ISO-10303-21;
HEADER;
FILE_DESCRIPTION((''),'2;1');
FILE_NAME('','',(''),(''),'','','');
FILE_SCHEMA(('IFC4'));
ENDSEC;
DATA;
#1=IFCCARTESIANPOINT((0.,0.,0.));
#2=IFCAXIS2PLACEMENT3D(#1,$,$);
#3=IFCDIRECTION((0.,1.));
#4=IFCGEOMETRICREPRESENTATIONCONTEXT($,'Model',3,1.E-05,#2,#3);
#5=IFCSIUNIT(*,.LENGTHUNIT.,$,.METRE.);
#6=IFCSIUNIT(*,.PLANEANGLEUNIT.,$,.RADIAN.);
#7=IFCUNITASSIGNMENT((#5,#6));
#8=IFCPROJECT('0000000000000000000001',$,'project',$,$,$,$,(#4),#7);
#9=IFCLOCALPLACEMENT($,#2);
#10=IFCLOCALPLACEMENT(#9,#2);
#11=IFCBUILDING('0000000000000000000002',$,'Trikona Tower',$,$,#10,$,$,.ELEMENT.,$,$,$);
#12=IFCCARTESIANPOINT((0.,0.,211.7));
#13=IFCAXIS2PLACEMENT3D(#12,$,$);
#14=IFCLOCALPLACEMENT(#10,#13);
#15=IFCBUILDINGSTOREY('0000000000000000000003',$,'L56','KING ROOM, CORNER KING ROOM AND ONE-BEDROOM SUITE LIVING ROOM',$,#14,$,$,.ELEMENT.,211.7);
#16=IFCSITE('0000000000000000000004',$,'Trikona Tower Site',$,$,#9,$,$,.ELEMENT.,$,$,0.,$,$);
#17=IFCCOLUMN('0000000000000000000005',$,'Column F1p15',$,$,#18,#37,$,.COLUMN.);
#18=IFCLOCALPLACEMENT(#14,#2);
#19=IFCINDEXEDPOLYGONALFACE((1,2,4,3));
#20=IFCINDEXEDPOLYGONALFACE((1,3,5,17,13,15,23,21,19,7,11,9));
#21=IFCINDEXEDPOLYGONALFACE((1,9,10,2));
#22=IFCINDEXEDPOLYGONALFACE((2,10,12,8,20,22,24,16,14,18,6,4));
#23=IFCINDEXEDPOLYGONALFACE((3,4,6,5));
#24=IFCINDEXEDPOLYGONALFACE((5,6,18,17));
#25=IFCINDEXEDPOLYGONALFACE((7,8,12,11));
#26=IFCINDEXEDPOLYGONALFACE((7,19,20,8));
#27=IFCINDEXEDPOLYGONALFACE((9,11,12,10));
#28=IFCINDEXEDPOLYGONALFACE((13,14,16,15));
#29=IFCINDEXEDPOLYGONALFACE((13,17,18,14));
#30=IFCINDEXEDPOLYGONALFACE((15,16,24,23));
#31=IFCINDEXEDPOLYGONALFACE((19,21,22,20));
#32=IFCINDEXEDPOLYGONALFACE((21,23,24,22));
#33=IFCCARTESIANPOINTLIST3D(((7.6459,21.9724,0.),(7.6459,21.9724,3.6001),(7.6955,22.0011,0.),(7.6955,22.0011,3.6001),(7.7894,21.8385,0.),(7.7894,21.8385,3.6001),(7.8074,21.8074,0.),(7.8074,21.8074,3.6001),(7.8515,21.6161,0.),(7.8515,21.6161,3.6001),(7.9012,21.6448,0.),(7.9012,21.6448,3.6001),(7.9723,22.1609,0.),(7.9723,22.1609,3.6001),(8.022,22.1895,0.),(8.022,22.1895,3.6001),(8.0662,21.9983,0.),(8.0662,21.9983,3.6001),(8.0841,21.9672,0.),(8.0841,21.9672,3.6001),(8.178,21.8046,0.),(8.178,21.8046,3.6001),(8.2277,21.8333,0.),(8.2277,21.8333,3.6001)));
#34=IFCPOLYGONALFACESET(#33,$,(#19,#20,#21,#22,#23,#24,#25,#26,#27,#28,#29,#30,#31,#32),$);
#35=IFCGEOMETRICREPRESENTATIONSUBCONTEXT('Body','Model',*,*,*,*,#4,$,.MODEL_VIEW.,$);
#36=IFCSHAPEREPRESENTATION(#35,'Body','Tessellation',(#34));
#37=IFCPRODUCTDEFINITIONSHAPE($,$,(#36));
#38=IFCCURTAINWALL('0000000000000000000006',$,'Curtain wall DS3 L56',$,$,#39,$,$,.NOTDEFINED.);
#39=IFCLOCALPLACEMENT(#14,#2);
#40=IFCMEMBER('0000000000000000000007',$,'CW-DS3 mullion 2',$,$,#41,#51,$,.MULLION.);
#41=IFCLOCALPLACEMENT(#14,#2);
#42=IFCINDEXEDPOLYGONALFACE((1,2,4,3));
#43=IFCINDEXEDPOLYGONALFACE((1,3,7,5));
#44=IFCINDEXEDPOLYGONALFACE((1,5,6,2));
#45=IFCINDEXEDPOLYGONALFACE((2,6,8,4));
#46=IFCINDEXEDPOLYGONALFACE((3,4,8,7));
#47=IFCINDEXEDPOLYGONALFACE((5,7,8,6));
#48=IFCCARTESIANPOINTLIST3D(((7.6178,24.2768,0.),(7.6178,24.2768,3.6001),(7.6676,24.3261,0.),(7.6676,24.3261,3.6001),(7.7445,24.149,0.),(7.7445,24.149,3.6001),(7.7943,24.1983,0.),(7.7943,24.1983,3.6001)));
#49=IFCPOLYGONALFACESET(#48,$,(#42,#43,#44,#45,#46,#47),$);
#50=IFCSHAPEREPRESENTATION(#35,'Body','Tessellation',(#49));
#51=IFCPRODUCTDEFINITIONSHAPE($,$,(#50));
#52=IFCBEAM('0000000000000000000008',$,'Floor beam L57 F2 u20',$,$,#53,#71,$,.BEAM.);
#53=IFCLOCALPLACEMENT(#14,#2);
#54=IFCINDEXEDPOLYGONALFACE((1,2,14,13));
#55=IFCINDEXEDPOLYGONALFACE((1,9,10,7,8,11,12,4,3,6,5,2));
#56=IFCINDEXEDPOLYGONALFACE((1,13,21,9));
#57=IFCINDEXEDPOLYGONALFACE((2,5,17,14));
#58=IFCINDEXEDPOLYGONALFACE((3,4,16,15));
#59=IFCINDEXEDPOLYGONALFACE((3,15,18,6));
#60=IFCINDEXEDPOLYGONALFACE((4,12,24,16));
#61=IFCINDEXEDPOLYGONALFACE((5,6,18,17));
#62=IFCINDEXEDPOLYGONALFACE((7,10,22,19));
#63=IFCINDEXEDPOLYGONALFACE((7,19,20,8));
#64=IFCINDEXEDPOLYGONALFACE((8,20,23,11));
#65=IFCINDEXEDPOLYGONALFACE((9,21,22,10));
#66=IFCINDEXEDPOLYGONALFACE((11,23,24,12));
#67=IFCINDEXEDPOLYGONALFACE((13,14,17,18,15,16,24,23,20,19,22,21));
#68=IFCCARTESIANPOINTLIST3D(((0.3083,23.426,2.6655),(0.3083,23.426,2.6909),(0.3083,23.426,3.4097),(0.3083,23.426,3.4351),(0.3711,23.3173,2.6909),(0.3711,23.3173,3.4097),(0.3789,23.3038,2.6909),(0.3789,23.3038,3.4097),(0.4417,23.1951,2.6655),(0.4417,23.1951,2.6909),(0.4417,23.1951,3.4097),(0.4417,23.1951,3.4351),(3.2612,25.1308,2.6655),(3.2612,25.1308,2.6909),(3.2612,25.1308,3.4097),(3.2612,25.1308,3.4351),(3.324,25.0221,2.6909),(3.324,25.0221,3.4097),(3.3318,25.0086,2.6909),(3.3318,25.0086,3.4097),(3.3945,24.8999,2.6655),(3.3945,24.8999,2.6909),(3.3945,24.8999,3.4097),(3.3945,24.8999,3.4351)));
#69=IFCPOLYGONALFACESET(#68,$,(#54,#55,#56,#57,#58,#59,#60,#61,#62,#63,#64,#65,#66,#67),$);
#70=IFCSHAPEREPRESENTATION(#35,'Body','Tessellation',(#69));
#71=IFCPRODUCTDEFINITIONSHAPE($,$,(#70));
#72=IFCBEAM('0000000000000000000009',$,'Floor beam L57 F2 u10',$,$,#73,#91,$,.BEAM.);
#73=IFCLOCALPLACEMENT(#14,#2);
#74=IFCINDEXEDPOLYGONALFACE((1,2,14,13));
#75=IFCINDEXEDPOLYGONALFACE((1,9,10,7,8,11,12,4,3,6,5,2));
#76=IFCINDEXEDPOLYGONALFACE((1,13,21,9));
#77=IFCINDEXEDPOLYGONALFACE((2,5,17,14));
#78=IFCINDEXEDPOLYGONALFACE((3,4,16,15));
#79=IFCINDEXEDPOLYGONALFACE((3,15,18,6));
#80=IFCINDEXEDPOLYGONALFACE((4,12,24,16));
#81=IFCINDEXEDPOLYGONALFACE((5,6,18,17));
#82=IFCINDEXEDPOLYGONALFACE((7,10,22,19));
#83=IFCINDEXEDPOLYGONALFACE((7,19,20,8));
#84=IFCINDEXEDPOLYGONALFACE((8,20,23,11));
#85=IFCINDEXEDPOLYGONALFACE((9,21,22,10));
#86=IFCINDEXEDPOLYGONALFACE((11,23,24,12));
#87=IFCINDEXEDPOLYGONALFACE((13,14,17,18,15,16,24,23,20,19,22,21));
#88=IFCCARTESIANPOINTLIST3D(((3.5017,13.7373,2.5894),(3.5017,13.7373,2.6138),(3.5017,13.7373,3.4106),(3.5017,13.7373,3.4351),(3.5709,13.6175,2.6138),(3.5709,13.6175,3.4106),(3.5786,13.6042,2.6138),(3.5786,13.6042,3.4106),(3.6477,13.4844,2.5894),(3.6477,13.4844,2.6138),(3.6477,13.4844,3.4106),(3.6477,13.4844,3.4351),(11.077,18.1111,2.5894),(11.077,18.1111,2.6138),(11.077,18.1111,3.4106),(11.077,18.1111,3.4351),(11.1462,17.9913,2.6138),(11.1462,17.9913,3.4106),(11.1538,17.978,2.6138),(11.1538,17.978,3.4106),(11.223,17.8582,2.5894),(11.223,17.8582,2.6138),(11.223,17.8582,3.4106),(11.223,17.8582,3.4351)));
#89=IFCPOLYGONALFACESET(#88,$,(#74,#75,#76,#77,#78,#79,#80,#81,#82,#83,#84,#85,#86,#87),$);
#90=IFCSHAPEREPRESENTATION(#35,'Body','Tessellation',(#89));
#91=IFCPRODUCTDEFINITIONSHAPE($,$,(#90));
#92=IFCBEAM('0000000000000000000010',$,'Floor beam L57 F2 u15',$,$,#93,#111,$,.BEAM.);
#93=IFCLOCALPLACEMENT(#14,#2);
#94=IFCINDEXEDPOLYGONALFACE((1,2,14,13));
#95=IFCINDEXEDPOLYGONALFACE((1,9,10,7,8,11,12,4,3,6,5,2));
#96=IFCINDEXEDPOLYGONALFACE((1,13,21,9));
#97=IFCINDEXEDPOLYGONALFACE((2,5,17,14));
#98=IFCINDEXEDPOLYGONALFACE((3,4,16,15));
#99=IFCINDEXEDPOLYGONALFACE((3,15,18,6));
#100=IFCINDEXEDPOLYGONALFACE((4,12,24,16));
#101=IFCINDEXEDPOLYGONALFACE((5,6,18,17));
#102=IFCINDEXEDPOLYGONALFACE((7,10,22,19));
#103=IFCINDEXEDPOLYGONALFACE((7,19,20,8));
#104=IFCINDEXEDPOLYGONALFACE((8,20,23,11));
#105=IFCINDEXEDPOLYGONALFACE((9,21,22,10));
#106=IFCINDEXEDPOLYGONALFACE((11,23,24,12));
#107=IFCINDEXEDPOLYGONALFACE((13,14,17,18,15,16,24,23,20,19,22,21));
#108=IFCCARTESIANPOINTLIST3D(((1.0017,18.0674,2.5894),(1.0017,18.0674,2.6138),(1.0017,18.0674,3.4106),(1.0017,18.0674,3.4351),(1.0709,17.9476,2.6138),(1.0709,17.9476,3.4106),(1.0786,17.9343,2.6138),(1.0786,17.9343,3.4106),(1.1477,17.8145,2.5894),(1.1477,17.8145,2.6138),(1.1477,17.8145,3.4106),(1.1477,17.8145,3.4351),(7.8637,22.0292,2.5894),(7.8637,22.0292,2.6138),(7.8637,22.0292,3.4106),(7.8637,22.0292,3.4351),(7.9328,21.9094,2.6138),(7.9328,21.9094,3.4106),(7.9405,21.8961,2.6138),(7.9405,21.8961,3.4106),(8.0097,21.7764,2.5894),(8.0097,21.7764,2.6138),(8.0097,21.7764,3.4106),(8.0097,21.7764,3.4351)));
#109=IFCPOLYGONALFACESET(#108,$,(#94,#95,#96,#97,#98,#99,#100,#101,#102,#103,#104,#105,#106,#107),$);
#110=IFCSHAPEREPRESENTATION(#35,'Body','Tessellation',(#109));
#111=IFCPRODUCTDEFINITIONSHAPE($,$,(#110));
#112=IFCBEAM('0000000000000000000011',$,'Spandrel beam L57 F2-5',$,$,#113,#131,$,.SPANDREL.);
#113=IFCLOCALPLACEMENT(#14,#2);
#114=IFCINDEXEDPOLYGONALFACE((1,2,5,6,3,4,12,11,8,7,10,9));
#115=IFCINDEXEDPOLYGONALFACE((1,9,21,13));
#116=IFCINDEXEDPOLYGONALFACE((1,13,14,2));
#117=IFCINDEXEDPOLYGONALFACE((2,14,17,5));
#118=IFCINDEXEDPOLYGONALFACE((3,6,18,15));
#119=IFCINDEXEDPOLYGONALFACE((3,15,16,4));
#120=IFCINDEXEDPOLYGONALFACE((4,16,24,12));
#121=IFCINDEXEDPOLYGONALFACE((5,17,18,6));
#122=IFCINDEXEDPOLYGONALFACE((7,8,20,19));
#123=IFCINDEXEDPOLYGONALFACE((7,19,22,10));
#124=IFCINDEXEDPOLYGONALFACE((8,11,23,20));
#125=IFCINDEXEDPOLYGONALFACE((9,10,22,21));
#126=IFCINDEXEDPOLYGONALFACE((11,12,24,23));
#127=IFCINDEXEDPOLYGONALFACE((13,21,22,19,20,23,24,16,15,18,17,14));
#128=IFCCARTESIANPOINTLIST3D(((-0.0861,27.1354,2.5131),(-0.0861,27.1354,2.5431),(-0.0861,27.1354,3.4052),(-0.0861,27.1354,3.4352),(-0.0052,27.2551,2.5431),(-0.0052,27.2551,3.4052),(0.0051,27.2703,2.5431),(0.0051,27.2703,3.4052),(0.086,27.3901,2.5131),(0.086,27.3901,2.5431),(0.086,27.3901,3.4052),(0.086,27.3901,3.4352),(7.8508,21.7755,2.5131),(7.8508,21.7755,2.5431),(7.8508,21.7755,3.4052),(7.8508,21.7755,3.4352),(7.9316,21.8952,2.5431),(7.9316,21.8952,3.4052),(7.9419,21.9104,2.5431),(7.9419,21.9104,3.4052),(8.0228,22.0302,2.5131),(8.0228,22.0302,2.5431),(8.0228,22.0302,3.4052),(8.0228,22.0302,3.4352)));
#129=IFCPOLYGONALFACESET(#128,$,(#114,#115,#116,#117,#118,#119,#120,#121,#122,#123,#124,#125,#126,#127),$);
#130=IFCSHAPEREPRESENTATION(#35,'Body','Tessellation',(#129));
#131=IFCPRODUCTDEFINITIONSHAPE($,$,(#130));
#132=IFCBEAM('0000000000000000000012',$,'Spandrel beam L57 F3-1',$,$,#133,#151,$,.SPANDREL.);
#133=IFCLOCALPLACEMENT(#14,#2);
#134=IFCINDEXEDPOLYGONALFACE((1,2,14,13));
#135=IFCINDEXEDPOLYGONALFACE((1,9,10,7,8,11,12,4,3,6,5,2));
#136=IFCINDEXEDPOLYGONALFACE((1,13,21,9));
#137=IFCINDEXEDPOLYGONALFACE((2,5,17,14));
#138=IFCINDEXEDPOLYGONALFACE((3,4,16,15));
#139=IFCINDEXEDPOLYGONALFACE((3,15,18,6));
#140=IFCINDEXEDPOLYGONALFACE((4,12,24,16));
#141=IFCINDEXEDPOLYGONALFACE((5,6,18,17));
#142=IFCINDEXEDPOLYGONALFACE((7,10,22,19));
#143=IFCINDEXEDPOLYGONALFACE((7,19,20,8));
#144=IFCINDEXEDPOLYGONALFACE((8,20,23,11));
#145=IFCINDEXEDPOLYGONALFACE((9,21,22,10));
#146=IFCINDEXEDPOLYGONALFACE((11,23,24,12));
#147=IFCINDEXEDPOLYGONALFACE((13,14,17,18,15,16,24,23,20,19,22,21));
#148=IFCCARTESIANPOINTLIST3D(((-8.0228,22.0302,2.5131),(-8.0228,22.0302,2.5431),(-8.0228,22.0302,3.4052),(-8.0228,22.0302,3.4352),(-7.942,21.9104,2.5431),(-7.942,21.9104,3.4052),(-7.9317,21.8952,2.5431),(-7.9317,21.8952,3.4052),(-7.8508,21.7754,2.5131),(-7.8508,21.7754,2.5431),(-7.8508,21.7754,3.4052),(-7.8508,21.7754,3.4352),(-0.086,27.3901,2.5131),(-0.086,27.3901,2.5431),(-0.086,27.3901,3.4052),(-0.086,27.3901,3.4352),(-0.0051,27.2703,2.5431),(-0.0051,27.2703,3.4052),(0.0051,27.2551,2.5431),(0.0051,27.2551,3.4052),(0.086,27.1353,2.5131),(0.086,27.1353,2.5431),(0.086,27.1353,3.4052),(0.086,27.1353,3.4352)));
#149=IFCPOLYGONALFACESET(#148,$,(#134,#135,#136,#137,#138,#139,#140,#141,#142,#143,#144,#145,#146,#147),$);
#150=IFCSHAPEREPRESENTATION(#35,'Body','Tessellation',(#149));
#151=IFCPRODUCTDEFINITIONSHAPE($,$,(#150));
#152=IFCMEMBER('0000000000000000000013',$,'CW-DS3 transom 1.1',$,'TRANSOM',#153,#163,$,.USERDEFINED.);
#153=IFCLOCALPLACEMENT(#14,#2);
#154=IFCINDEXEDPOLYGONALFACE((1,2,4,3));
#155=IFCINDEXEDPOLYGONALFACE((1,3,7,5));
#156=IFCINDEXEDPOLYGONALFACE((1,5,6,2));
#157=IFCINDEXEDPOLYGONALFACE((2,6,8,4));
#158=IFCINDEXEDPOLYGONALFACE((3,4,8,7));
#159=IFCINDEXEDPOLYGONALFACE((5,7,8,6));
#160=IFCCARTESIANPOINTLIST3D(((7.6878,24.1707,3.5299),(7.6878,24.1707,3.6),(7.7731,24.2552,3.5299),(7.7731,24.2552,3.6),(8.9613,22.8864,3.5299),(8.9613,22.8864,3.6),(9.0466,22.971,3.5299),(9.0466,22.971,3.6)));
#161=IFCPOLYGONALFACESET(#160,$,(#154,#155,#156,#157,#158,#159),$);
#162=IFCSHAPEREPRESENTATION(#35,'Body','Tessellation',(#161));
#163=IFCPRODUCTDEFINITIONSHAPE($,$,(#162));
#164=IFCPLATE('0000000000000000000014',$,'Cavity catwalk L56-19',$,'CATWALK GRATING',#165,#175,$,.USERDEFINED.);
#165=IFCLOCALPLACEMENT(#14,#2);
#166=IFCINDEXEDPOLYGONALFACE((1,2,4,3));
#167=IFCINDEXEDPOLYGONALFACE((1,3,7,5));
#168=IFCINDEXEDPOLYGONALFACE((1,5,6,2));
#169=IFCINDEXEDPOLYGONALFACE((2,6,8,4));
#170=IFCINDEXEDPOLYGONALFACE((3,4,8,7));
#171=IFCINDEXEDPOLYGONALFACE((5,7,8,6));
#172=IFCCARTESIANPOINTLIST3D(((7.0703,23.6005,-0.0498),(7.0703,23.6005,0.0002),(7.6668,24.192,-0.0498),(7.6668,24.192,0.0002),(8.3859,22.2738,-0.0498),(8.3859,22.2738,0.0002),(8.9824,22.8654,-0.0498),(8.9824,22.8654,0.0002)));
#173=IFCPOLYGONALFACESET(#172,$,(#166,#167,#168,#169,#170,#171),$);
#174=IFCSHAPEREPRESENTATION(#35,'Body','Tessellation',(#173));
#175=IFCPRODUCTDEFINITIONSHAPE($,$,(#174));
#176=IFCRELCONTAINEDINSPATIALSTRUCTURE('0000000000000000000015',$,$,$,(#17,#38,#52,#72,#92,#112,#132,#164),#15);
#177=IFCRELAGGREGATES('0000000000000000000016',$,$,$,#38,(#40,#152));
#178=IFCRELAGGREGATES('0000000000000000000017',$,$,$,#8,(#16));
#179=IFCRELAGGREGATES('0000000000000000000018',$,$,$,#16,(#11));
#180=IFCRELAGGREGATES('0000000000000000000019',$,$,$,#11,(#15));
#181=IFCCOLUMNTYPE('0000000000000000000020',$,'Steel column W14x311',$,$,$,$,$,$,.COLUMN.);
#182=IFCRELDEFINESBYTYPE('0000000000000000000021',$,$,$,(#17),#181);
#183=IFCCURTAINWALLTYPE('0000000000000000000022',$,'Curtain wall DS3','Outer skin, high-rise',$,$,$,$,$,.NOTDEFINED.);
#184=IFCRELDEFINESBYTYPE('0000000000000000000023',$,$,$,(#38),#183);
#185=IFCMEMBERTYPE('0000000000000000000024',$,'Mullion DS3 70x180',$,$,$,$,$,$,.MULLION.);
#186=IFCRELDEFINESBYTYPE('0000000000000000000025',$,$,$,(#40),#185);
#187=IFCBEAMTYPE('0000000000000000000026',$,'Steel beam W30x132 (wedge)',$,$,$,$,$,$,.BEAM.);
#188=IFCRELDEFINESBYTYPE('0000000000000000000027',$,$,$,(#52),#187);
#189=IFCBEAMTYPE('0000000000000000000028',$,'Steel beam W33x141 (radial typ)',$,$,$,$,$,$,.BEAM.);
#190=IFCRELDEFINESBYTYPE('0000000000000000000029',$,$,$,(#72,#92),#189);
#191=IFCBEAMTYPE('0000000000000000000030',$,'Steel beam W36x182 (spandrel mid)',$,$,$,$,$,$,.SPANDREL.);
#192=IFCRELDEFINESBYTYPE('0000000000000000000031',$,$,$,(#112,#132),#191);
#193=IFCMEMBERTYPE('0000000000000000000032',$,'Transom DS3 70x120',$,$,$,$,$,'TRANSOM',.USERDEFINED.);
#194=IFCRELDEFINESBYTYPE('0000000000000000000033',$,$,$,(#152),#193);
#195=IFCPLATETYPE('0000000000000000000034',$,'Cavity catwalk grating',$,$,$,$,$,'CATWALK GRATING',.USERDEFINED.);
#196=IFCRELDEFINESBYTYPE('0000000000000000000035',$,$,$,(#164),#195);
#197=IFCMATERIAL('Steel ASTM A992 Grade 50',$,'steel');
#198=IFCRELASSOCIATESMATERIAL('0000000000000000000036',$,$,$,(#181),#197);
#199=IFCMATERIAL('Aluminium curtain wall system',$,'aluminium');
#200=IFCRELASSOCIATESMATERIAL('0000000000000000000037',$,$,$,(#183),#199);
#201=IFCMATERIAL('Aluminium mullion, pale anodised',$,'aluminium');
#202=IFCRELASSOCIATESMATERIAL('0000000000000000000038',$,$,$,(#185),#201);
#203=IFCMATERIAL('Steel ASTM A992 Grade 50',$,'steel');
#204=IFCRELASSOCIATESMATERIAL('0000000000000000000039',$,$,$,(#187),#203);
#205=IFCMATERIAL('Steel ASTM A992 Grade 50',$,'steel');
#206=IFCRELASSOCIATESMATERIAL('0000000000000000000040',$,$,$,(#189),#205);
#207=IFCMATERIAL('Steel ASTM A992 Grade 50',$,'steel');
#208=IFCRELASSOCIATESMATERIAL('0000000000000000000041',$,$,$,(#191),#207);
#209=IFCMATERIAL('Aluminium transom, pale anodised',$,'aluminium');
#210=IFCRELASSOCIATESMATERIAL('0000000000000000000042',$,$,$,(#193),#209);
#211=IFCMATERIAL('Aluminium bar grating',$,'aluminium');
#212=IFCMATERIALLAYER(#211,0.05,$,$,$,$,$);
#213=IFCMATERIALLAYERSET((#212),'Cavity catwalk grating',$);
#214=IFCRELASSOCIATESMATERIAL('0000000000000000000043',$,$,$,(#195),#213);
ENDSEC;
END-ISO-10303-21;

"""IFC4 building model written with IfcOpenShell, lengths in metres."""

from ifc_helpers import new_model, si_unit, direction, frame, origin, origin_2d, place, context, subcontext, project, spatial, rectangle, i_section, extrude, material, layer, layer_set, material_profile, profile_set, type_object, element, aggregate, save


model = new_model("IFC4")

# Units and contexts
model_context = context("Model", 3, precision=1e-05, world=origin(), true_north=direction((0.0, 1.0)))
body_context = subcontext(model_context, "Body", "Model", "MODEL_VIEW")
ifc_project = project(units=[si_unit("LENGTHUNIT", "METRE"), si_unit("PLANEANGLEUNIT", "RADIAN")], contexts=[model_context])

# Site, building, storey
site_placement = place(None, origin())
site = spatial("IfcSite", under=ifc_project, at=site_placement, Name="Trikona Tower Site", CompositionType="ELEMENT", RefElevation=0.0)
building_placement = place(site_placement, origin())
building = spatial("IfcBuilding", under=site, at=building_placement, Name="Trikona Tower", CompositionType="ELEMENT")
storey_placement = place(building_placement, frame((0.0, 0.0, 211.7)))
storey = spatial("IfcBuildingStorey", under=building, at=storey_placement, Name="L56", Description="KING ROOM, CORNER KING ROOM AND ONE-BEDROOM SUITE LIVING ROOM", CompositionType="ELEMENT", Elevation=211.7)

# Column
ifc_material_1 = material(Name="Steel ASTM A992 Grade 50", Category="steel")
ifc_material_profile_1 = material_profile(ifc_material_1, i_section(OverallWidth=0.4114, OverallDepth=0.4343, WebThickness=0.0359, FlangeThickness=0.0574, at=origin_2d()), Name="W14X311")
ifc_profile_set_1 = profile_set([ifc_material_profile_1], Name="Steel ASTM A992 Grade 50")
column_type = type_object("IfcColumnType", Name="Steel column W14x311", PredefinedType="COLUMN", material=ifc_profile_set_1)
column_placement = place(storey_placement, frame((7.9368, 21.9028, 0.0), z_axis=(0.0, 0.0, 1.0), x_axis=(-0.5, 0.866025, 0.0)))
element("IfcColumn", 1, at=column_placement, inside=storey, type_object=column_type, Name="Column F1p15", PredefinedType="COLUMN", context=body_context, shape_type="SweptSolid", body=[
    extrude(i_section(OverallWidth=0.4114, OverallDepth=0.4343, WebThickness=0.0359, FlangeThickness=0.0574, at=origin_2d()), origin(), (0.0, 0.0, 1.0), 3.6001),
])

# Curtain wall, member
ifc_material_2 = material(Name="Aluminium curtain wall system", Category="aluminium")
curtain_wall_type = type_object("IfcCurtainWallType", Name="Curtain wall DS3", Description="Outer skin, high-rise", PredefinedType="NOTDEFINED", material=ifc_material_2)
curtain_wall_placement = place(storey_placement, origin())
curtain_wall = element("IfcCurtainWall", 2, at=curtain_wall_placement, inside=storey, type_object=curtain_wall_type, Name="Curtain wall DS3 L56", PredefinedType="NOTDEFINED")
ifc_material_3 = material(Name="Aluminium mullion, pale anodised", Category="aluminium")
ifc_material_profile_2 = material_profile(ifc_material_3, rectangle(XDim=0.0701, YDim=0.1799, at=origin_2d()), Name="MUL-DS3")
ifc_profile_set_2 = profile_set([ifc_material_profile_2], Name="Aluminium mullion, pale anodised")
member_type_1 = type_object("IfcMemberType", Name="Mullion DS3 70x180", PredefinedType="MULLION", material=ifc_profile_set_2)
member_1_placement = place(storey_placement, frame((7.7061, 24.2375, 0.0), z_axis=(0.0, 0.0, 1.0), x_axis=(-0.710052, -0.704149, 0.0)))
member_1 = element("IfcMember", 3, at=member_1_placement, type_object=member_type_1, Name="CW-DS3 mullion 2", PredefinedType="MULLION", context=body_context, shape_type="SweptSolid", body=[
    extrude(rectangle(XDim=0.0701, YDim=0.1799, at=origin_2d()), origin(), (0.0, 0.0, 1.0), 3.6001),
])

# Beams
ifc_material_4 = material(Name="Steel ASTM A992 Grade 50", Category="steel")
ifc_material_profile_3 = material_profile(ifc_material_4, i_section(OverallWidth=0.2666, OverallDepth=0.7695, WebThickness=0.0156, FlangeThickness=0.0254, at=origin_2d()), Name="W30X132")
ifc_profile_set_3 = profile_set([ifc_material_profile_3], Name="Steel ASTM A992 Grade 50")
beam_type_1 = type_object("IfcBeamType", Name="Steel beam W30x132 (wedge)", PredefinedType="BEAM", material=ifc_profile_set_3)
beam_1_placement = place(storey_placement, frame((0.375, 23.3105, 3.0503), z_axis=(0.866027, 0.499997, 0.0), x_axis=(-0.499997, 0.866027, 0.0)))
element("IfcBeam", 4, at=beam_1_placement, inside=storey, type_object=beam_type_1, Name="Floor beam L57 F2 u20", PredefinedType="BEAM", context=body_context, shape_type="SweptSolid", body=[
    extrude(i_section(OverallWidth=0.2666, OverallDepth=0.7695, WebThickness=0.0156, FlangeThickness=0.0254, at=origin_2d()), origin(), (0.0, 0.0, 1.0), 3.4097),
])
ifc_material_5 = material(Name="Steel ASTM A992 Grade 50", Category="steel")
ifc_material_profile_4 = material_profile(ifc_material_5, i_section(OverallWidth=0.292, OverallDepth=0.8457, WebThickness=0.0154, FlangeThickness=0.0244, at=origin_2d()), Name="W33X141")
ifc_profile_set_4 = profile_set([ifc_material_profile_4], Name="Steel ASTM A992 Grade 50")
beam_type_2 = type_object("IfcBeamType", Name="Steel beam W33x141 (radial typ)", PredefinedType="BEAM", material=ifc_profile_set_4)
beam_2_placement = place(storey_placement, frame((3.5747, 13.6108, 3.0122), z_axis=(0.866014, 0.50002, 0.0), x_axis=(-0.50002, 0.866014, 0.0)))
element("IfcBeam", 5, at=beam_2_placement, inside=storey, type_object=beam_type_2, Name="Floor beam L57 F2 u10", PredefinedType="BEAM", context=body_context, shape_type="SweptSolid", body=[
    extrude(i_section(OverallWidth=0.292, OverallDepth=0.8457, WebThickness=0.0154, FlangeThickness=0.0244, at=origin_2d()), origin(), (0.0, 0.0, 1.0), 8.7473),
])
beam_3_placement = place(storey_placement, frame((1.0747, 17.9409, 3.0122), z_axis=(0.86602, 0.50001, 0.0), x_axis=(-0.50001, 0.86602, 0.0)))
element("IfcBeam", 6, at=beam_3_placement, inside=storey, type_object=beam_type_2, Name="Floor beam L57 F2 u15", PredefinedType="BEAM", context=body_context, shape_type="SweptSolid", body=[
    extrude(i_section(OverallWidth=0.292, OverallDepth=0.8457, WebThickness=0.0154, FlangeThickness=0.0244, at=origin_2d()), origin(), (0.0, 0.0, 1.0), 7.9236),
])
ifc_material_6 = material(Name="Steel ASTM A992 Grade 50", Category="steel")
ifc_material_profile_5 = material_profile(ifc_material_6, i_section(OverallWidth=0.3074, OverallDepth=0.9221, WebThickness=0.0183, FlangeThickness=0.03, at=origin_2d()), Name="W36X182")
ifc_profile_set_5 = profile_set([ifc_material_profile_5], Name="Steel ASTM A992 Grade 50")
beam_type_3 = type_object("IfcBeamType", Name="Steel beam W36x182 (spandrel mid)", PredefinedType="SPANDREL", material=ifc_profile_set_5)
for number, where, z_axis, x_axis, name in (
    (7, (7.9368, 21.9028, 2.9741), (-0.828725, 0.559655, 0.0), (-0.559655, -0.828725, 0.0), "Spandrel beam L57 F2-5"),
    (8, (0.0, 27.2627, 2.9741), (-0.828725, -0.559655, 0.0), (0.559655, -0.828725, 0.0), "Spandrel beam L57 F3-1"),
):
    element("IfcBeam", number, at=place(storey_placement, frame(where, z_axis=z_axis, x_axis=x_axis)), inside=storey, type_object=beam_type_3, Name=name, PredefinedType="SPANDREL", context=body_context, shape_type="SweptSolid", body=[
        extrude(i_section(OverallWidth=0.3074, OverallDepth=0.9221, WebThickness=0.0183, FlangeThickness=0.03, at=origin_2d()), origin(), (0.0, 0.0, 1.0), 9.5771),
    ])

# Member
ifc_material_7 = material(Name="Aluminium transom, pale anodised", Category="aluminium")
ifc_material_profile_6 = material_profile(ifc_material_7, rectangle(XDim=0.1201, YDim=0.0701, at=origin_2d()), Name="TRN-DS3")
ifc_profile_set_6 = profile_set([ifc_material_profile_6], Name="Aluminium transom, pale anodised")
member_type_2 = type_object("IfcMemberType", Name="Transom DS3 70x120", ElementType="TRANSOM", PredefinedType="USERDEFINED", material=ifc_profile_set_6)
member_2_placement = place(storey_placement, frame((9.0039, 22.9287, 3.5649), z_axis=(-0.704131, 0.71007, 0.0), x_axis=(-0.71007, -0.704131, 0.0)))
member_2 = element("IfcMember", 9, at=member_2_placement, type_object=member_type_2, Name="CW-DS3 transom 1.1", ObjectType="TRANSOM", PredefinedType="USERDEFINED", context=body_context, shape_type="SweptSolid", body=[
    extrude(rectangle(XDim=0.1201, YDim=0.0701, at=origin_2d()), origin(), (0.0, 0.0, 1.0), 1.8086),
])

# Plate
ifc_material_8 = material(Name="Aluminium bar grating", Category="aluminium")
ifc_layer_1 = layer(ifc_material_8, 0.05)
ifc_layer_set_1 = layer_set([ifc_layer_1], Name="Cavity catwalk grating")
plate_type_1 = type_object("IfcPlateType", Name="Cavity catwalk grating", ElementType="CATWALK GRATING", PredefinedType="USERDEFINED", material=ifc_layer_set_1)
plate_1_placement = place(storey_placement, frame((8.0264, 23.2329, -0.0498), z_axis=(0.0, 0.0, 1.0), x_axis=(-0.704151, 0.71005, 0.0)))
element("IfcPlate", 10, at=plate_1_placement, inside=storey, type_object=plate_type_1, Name="Cavity catwalk L56-19", ObjectType="CATWALK GRATING", PredefinedType="USERDEFINED", context=body_context, shape_type="SweptSolid", body=[
    extrude(rectangle(XDim=1.8684, YDim=0.8401, at=origin_2d()), origin(), (0.0, 0.0, 1.0), 0.05),
])
aggregate(curtain_wall, [member_1, member_2])

save(model, "model.ifc")
